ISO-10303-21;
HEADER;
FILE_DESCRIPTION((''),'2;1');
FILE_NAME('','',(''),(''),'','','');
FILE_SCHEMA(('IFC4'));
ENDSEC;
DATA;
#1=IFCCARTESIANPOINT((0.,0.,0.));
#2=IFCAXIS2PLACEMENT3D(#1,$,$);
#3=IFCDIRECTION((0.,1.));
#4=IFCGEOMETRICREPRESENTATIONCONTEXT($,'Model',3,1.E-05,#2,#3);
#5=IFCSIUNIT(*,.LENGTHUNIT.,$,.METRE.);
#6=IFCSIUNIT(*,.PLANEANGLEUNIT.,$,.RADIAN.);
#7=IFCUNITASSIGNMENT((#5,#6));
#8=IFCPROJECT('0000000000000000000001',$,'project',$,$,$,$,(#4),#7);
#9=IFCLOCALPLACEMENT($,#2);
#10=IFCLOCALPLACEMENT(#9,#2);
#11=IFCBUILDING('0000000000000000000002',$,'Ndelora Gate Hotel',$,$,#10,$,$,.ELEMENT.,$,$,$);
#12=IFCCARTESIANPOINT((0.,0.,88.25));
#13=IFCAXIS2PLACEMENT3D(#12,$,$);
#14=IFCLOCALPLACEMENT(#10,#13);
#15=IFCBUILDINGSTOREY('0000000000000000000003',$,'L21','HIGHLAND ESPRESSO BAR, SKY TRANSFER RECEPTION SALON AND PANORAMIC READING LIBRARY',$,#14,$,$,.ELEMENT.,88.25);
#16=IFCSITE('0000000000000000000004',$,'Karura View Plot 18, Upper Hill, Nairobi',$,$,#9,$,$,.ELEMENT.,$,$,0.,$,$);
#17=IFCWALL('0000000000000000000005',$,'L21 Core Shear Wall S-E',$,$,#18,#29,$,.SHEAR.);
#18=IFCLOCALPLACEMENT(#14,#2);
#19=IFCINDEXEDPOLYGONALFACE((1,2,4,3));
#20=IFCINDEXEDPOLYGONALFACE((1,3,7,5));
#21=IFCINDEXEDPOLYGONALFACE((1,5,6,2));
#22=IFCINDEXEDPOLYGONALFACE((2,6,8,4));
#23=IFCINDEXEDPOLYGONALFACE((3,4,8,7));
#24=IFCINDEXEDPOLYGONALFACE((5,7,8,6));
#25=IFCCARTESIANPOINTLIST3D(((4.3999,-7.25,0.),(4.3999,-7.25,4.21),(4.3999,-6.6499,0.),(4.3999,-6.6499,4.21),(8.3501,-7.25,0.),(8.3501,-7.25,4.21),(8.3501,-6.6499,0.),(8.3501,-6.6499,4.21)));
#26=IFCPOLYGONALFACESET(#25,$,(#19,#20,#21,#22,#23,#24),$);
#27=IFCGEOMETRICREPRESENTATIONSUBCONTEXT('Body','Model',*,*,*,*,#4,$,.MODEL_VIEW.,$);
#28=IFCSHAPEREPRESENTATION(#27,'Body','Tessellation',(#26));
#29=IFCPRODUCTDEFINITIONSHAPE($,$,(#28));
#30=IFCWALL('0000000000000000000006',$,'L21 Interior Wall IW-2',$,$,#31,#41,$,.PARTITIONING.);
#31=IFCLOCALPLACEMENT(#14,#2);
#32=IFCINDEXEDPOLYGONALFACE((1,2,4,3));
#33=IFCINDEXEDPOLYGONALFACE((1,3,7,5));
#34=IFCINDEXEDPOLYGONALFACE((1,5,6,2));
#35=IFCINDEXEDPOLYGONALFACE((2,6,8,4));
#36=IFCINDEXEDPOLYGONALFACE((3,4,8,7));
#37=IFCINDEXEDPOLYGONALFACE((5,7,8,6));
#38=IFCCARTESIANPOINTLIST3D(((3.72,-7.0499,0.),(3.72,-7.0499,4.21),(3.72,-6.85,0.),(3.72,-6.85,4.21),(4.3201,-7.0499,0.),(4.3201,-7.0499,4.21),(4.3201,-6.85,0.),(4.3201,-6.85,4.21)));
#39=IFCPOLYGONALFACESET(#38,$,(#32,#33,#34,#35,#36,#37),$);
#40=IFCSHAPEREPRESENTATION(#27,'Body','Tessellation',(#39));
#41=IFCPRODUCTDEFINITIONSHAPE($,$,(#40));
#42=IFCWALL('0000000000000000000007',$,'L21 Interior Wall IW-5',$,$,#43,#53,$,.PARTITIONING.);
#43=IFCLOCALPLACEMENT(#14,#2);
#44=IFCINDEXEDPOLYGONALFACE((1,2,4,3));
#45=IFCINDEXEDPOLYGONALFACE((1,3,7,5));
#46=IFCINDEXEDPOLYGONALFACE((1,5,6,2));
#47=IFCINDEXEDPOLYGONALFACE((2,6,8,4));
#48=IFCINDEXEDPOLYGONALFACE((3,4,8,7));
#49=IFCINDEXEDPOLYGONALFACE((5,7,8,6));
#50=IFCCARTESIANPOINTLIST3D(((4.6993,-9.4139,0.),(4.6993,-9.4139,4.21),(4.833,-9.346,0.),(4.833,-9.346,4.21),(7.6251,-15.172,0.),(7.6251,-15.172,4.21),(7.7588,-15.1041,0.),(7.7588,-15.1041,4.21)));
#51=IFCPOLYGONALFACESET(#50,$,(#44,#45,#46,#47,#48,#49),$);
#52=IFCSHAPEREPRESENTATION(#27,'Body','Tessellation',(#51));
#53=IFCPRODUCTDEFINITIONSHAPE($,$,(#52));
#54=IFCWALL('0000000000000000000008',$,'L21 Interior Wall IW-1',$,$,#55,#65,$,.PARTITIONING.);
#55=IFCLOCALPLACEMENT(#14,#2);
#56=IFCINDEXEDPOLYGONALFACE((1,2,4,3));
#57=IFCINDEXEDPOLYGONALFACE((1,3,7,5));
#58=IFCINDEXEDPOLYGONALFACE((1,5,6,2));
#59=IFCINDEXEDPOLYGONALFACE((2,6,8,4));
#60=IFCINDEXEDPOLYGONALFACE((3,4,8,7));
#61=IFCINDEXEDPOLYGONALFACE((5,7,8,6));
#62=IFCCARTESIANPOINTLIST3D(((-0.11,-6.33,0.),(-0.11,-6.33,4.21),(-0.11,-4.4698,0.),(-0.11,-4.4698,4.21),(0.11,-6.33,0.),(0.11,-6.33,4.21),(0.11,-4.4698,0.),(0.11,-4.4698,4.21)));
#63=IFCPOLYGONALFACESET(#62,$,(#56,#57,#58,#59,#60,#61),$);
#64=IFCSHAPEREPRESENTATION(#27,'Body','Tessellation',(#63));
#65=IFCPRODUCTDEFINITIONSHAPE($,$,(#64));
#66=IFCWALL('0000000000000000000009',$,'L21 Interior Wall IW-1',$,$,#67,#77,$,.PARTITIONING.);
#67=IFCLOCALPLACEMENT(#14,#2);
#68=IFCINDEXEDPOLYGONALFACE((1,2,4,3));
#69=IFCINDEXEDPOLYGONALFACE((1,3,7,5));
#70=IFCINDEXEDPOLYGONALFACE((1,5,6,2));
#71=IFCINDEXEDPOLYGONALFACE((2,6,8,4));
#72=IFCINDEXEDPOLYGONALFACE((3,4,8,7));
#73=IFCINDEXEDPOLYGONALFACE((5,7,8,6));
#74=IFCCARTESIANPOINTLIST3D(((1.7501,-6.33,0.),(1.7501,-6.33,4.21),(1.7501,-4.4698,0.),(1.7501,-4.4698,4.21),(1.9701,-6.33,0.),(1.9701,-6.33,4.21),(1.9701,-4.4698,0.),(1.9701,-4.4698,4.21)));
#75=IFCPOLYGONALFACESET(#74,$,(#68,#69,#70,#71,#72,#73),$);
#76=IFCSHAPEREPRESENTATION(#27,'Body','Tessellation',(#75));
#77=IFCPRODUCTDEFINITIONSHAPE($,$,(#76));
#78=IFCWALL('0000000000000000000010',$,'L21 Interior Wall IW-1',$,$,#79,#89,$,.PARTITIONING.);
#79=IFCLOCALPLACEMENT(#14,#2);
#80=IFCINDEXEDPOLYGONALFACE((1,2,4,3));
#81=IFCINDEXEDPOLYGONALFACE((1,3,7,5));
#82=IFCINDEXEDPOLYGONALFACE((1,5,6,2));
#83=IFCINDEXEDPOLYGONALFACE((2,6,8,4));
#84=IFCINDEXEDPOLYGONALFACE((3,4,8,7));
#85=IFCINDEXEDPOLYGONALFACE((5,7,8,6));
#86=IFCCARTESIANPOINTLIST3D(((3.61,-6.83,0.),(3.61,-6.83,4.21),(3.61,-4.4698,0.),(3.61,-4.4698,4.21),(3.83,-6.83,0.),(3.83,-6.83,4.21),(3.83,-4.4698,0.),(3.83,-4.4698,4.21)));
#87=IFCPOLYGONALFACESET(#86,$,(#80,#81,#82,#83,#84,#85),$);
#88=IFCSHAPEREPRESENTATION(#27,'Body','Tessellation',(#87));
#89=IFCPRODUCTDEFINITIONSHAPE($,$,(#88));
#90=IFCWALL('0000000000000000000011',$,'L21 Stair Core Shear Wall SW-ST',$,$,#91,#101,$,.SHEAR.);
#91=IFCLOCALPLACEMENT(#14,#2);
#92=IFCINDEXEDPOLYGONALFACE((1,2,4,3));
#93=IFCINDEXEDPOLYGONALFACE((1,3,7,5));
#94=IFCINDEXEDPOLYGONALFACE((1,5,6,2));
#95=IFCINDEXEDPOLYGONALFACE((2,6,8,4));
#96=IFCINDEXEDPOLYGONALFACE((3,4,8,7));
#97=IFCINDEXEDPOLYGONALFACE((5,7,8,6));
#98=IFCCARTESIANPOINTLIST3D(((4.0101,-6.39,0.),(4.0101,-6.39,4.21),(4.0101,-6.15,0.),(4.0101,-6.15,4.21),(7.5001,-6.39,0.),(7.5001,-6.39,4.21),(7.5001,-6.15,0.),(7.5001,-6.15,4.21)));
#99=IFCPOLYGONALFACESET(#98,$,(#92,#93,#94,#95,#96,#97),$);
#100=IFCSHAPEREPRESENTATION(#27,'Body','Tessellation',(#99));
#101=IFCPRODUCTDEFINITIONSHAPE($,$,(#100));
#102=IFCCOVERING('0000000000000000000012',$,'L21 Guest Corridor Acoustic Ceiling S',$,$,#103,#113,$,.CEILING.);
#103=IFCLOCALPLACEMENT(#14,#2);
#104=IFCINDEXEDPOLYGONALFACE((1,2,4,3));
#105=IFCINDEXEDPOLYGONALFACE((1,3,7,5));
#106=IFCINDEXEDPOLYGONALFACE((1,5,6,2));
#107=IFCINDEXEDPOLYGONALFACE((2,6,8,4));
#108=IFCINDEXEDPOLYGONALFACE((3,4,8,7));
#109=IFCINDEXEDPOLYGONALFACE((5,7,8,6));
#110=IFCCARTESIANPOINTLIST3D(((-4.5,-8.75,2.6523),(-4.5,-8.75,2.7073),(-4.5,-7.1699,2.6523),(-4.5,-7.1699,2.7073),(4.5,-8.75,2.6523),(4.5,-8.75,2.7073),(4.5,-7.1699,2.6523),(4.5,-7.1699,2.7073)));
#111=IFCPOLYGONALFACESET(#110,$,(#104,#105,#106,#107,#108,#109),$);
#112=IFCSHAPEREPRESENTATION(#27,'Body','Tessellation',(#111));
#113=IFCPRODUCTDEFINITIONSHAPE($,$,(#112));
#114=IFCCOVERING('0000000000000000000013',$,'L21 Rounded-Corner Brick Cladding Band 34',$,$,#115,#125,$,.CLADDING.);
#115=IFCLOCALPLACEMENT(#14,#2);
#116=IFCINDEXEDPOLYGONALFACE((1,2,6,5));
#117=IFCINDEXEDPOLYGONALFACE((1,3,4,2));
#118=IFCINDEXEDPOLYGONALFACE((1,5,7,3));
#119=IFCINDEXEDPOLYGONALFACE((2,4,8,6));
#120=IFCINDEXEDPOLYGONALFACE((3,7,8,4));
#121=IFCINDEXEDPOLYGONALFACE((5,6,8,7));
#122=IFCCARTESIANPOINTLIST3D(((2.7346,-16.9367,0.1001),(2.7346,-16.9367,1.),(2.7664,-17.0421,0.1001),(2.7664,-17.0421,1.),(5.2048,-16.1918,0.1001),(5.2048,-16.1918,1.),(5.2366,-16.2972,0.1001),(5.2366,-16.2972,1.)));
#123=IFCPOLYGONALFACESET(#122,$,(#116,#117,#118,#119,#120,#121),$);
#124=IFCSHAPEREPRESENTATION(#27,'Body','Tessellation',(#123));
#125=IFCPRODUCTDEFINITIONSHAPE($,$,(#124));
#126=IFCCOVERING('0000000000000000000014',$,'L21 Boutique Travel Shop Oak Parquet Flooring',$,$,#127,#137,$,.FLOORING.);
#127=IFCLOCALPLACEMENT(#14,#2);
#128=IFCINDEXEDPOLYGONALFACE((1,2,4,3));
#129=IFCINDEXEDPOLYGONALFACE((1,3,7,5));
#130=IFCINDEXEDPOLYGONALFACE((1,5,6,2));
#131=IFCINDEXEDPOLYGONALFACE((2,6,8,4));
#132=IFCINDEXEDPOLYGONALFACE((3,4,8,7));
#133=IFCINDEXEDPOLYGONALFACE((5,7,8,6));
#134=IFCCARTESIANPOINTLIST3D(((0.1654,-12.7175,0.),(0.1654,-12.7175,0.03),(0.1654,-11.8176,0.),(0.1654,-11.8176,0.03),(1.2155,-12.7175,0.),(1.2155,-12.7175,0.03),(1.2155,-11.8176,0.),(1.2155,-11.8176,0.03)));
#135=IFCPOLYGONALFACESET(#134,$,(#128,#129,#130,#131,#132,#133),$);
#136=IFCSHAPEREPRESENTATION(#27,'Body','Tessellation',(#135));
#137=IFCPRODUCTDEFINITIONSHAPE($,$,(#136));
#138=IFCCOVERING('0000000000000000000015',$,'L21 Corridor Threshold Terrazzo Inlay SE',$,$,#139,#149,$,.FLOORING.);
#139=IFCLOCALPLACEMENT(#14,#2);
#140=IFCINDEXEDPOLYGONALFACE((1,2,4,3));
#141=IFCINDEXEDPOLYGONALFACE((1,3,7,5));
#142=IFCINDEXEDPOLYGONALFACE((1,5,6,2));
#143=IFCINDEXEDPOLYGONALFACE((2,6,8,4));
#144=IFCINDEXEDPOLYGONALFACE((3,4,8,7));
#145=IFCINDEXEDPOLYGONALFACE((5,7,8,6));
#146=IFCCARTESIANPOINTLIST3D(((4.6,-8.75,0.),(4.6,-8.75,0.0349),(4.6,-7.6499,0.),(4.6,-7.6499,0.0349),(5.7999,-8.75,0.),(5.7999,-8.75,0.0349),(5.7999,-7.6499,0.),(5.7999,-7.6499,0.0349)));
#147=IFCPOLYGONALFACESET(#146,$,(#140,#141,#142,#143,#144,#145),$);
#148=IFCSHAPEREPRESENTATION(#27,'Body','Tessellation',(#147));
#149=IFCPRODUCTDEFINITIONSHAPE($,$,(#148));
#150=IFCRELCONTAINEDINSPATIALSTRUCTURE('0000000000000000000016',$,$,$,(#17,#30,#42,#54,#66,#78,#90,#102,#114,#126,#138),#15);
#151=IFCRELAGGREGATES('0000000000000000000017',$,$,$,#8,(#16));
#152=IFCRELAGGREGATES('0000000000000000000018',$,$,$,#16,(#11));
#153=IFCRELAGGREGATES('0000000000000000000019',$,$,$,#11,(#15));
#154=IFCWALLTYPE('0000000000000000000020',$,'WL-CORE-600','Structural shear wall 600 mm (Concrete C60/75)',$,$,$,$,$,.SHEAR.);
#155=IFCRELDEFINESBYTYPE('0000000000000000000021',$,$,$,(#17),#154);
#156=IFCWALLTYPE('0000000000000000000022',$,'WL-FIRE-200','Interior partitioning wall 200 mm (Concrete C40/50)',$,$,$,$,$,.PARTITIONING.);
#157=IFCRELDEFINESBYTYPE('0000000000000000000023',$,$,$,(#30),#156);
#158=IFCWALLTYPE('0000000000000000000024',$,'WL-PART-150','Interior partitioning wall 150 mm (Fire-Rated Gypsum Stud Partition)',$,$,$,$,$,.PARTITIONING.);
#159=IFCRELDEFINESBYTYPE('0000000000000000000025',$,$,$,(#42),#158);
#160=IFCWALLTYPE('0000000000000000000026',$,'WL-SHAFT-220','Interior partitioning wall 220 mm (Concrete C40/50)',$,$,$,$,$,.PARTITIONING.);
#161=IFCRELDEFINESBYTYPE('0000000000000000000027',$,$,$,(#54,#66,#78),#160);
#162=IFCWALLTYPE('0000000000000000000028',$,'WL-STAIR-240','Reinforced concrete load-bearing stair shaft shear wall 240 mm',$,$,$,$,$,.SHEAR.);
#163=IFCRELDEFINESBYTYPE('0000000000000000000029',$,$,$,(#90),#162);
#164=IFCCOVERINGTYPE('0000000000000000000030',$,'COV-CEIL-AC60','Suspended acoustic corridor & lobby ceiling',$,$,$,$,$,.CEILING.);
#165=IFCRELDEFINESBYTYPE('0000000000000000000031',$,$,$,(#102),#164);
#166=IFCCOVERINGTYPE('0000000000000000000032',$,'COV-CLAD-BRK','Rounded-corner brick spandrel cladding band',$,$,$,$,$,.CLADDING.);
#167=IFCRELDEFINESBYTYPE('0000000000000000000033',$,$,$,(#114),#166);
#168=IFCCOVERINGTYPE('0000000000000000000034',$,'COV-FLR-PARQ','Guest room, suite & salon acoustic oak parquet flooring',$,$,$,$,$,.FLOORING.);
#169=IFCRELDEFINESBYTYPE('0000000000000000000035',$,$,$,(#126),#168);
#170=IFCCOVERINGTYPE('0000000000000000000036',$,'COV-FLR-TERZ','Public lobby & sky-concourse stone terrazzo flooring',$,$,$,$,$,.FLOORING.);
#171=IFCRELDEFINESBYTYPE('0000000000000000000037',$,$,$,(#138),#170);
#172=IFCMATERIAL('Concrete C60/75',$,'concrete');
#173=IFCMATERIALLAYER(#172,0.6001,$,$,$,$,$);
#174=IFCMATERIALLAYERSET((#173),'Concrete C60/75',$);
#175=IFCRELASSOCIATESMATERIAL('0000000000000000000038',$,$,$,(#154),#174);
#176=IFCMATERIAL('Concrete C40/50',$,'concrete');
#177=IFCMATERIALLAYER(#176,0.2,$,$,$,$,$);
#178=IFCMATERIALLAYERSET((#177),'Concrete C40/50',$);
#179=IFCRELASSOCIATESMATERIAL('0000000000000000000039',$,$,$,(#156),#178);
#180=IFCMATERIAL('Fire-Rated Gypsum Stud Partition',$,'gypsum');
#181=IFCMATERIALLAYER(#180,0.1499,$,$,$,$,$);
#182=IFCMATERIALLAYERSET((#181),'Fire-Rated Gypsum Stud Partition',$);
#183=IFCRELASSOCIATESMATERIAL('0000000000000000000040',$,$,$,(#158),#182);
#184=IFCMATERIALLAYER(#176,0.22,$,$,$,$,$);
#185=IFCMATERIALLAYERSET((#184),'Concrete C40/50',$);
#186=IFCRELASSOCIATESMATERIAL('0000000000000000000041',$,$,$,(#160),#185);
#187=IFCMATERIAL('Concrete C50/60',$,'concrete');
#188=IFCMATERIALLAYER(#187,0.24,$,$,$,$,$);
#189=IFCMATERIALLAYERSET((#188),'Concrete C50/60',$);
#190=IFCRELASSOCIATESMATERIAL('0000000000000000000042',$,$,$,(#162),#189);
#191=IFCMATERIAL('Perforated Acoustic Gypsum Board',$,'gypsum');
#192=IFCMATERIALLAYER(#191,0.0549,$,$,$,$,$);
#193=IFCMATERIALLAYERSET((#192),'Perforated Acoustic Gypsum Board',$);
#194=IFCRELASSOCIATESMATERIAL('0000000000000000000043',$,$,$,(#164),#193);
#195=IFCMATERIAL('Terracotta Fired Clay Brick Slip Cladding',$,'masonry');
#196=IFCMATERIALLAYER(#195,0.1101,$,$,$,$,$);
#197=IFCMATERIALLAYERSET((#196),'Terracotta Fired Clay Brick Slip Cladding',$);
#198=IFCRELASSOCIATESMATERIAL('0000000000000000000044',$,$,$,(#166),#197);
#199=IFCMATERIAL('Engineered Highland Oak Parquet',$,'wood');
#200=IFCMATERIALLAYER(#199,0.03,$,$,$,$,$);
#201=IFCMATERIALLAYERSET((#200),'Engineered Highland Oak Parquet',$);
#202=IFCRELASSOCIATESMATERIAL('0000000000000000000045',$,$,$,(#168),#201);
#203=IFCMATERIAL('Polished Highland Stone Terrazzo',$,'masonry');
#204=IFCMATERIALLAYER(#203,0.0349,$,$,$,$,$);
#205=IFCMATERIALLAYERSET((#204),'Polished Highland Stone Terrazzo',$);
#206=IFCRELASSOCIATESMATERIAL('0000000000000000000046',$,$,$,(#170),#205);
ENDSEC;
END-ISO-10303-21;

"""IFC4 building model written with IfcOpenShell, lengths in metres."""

from ifc_helpers import new_model, si_unit, direction, frame, frame_2d, origin, origin_2d, place, context, subcontext, project, spatial, rectangle, extrude, material, layer, layer_set, type_object, element, save


model = new_model("IFC4")

# Units and contexts
model_context = context("Model", 3, precision=1e-05, world=origin(), true_north=direction((0.0, 1.0)))
body_context = subcontext(model_context, "Body", "Model", "MODEL_VIEW")
ifc_project = project(units=[si_unit("LENGTHUNIT", "METRE"), si_unit("PLANEANGLEUNIT", "RADIAN")], contexts=[model_context])

# Site, building, storey
site_placement = place(None, origin())
site = spatial("IfcSite", under=ifc_project, at=site_placement, Name="Karura View Plot 18, Upper Hill, Nairobi", CompositionType="ELEMENT", RefElevation=0.0)
building_placement = place(site_placement, origin())
building = spatial("IfcBuilding", under=site, at=building_placement, Name="Ndelora Gate Hotel", CompositionType="ELEMENT")
storey_placement = place(building_placement, frame((0.0, 0.0, 88.25)))
storey = spatial("IfcBuildingStorey", under=building, at=storey_placement, Name="L21", Description="HIGHLAND ESPRESSO BAR, SKY TRANSFER RECEPTION SALON AND PANORAMIC READING LIBRARY", CompositionType="ELEMENT", Elevation=88.25)

# Shared definitions
ifc_material_1 = material(Name="Concrete C60/75", Category="concrete")

# Walls
ifc_layer_1 = layer(ifc_material_1, 0.6001)
ifc_layer_set_1 = layer_set([ifc_layer_1], Name="Concrete C60/75")
wall_type_1 = type_object("IfcWallType", Name="WL-CORE-600", Description="Structural shear wall 600 mm (Concrete C60/75)", PredefinedType="SHEAR", material=ifc_layer_set_1)
wall_1_placement = place(storey_placement, frame((4.3999, -6.95, 0.0), z_axis=(0.0, 0.0, 1.0), x_axis=(1.0, 0.0, 0.0)))
element("IfcWall", 1, at=wall_1_placement, inside=storey, type_object=wall_type_1, Name="L21 Core Shear Wall S-E", PredefinedType="SHEAR", context=body_context, shape_type="SweptSolid", body=[
    extrude(rectangle(XDim=3.9502, YDim=0.6001, at=frame_2d((1.9751, 0.0))), origin(), (0.0, 0.0, 1.0), 4.21),
])
ifc_material_2 = material(Name="Concrete C40/50", Category="concrete")
ifc_layer_2 = layer(ifc_material_2, 0.2)
ifc_layer_set_2 = layer_set([ifc_layer_2], Name="Concrete C40/50")
wall_type_2 = type_object("IfcWallType", Name="WL-FIRE-200", Description="Interior partitioning wall 200 mm (Concrete C40/50)", PredefinedType="PARTITIONING", material=ifc_layer_set_2)
wall_2_placement = place(storey_placement, frame((3.72, -6.95, 0.0), z_axis=(0.0, 0.0, 1.0), x_axis=(1.0, 0.0, 0.0)))
element("IfcWall", 2, at=wall_2_placement, inside=storey, type_object=wall_type_2, Name="L21 Interior Wall IW-2", PredefinedType="PARTITIONING", context=body_context, shape_type="SweptSolid", body=[
    extrude(rectangle(XDim=0.6001, YDim=0.2, at=frame_2d((0.3, 0.0))), origin(), (0.0, 0.0, 1.0), 4.21),
])
ifc_material_3 = material(Name="Fire-Rated Gypsum Stud Partition", Category="gypsum")
ifc_layer_3 = layer(ifc_material_3, 0.1499)
ifc_layer_set_3 = layer_set([ifc_layer_3], Name="Fire-Rated Gypsum Stud Partition")
wall_type_3 = type_object("IfcWallType", Name="WL-PART-150", Description="Interior partitioning wall 150 mm (Fire-Rated Gypsum Stud Partition)", PredefinedType="PARTITIONING", material=ifc_layer_set_3)
wall_3_placement = place(storey_placement, frame((4.7661, -9.3799, 0.0), z_axis=(0.0, 0.0, 1.0), x_axis=(0.452995, -0.891513, 0.0)))
element("IfcWall", 3, at=wall_3_placement, inside=storey, type_object=wall_type_3, Name="L21 Interior Wall IW-5", PredefinedType="PARTITIONING", context=body_context, shape_type="SweptSolid", body=[
    extrude(rectangle(XDim=6.4587, YDim=0.1499, at=frame_2d((3.2295, 0.0))), origin(), (0.0, 0.0, 1.0), 4.21),
])
ifc_layer_4 = layer(ifc_material_2, 0.22)
ifc_layer_set_4 = layer_set([ifc_layer_4], Name="Concrete C40/50")
wall_type_4 = type_object("IfcWallType", Name="WL-SHAFT-220", Description="Interior partitioning wall 220 mm (Concrete C40/50)", PredefinedType="PARTITIONING", material=ifc_layer_set_4)
wall_4_placement = place(storey_placement, frame((0.0, -6.3301, 0.0), z_axis=(0.0, 0.0, 1.0), x_axis=(0.0, 1.0, 0.0)))
element("IfcWall", 4, at=wall_4_placement, inside=storey, type_object=wall_type_4, Name="L21 Interior Wall IW-1", PredefinedType="PARTITIONING", context=body_context, shape_type="SweptSolid", body=[
    extrude(rectangle(XDim=1.8601, YDim=0.22, at=frame_2d((0.9302, 0.0))), origin(), (0.0, 0.0, 1.0), 4.21),
])

# Wall
wall_5_placement = place(storey_placement, frame((1.8601, -6.3301, 0.0), z_axis=(0.0, 0.0, 1.0), x_axis=(0.0, 1.0, 0.0)))
element("IfcWall", 5, at=wall_5_placement, inside=storey, type_object=wall_type_4, Name="L21 Interior Wall IW-1", PredefinedType="PARTITIONING", context=body_context, shape_type="SweptSolid", body=[
    extrude(rectangle(XDim=1.8601, YDim=0.22, at=frame_2d((0.9302, 0.0))), origin(), (0.0, 0.0, 1.0), 4.21),
])

# Walls
wall_6_placement = place(storey_placement, frame((3.72, -6.8301, 0.0), z_axis=(0.0, 0.0, 1.0), x_axis=(0.0, 1.0, 0.0)))
element("IfcWall", 6, at=wall_6_placement, inside=storey, type_object=wall_type_4, Name="L21 Interior Wall IW-1", PredefinedType="PARTITIONING", context=body_context, shape_type="SweptSolid", body=[
    extrude(rectangle(XDim=2.3601, YDim=0.22, at=frame_2d((1.1802, 0.0))), origin(), (0.0, 0.0, 1.0), 4.21),
])
ifc_material_4 = material(Name="Concrete C50/60", Category="concrete")
ifc_layer_5 = layer(ifc_material_4, 0.24)
ifc_layer_set_5 = layer_set([ifc_layer_5], Name="Concrete C50/60")
wall_type_5 = type_object("IfcWallType", Name="WL-STAIR-240", Description="Reinforced concrete load-bearing stair shaft shear wall 240 mm", PredefinedType="SHEAR", material=ifc_layer_set_5)
wall_7_placement = place(storey_placement, frame((4.01, -6.27, 0.0), z_axis=(0.0, 0.0, 1.0), x_axis=(1.0, 0.0, 0.0)))
element("IfcWall", 7, at=wall_7_placement, inside=storey, type_object=wall_type_5, Name="L21 Stair Core Shear Wall SW-ST", PredefinedType="SHEAR", context=body_context, shape_type="SweptSolid", body=[
    extrude(rectangle(XDim=3.49, YDim=0.24, at=frame_2d((1.7451, 0.0))), origin(), (0.0, 0.0, 1.0), 4.21),
])

# Coverings
ifc_material_5 = material(Name="Perforated Acoustic Gypsum Board", Category="gypsum")
ifc_layer_6 = layer(ifc_material_5, 0.0549)
ifc_layer_set_6 = layer_set([ifc_layer_6], Name="Perforated Acoustic Gypsum Board")
covering_type_1 = type_object("IfcCoveringType", Name="COV-CEIL-AC60", Description="Suspended acoustic corridor & lobby ceiling", PredefinedType="CEILING", material=ifc_layer_set_6)
covering_1_placement = place(storey_placement, frame((0.0, -7.96, 2.6523), z_axis=(0.0, 0.0, 1.0), x_axis=(1.0, 0.0, 0.0)))
element("IfcCovering", 8, at=covering_1_placement, inside=storey, type_object=covering_type_1, Name="L21 Guest Corridor Acoustic Ceiling S", PredefinedType="CEILING", context=body_context, shape_type="SweptSolid", body=[
    extrude(rectangle(XDim=9.0, YDim=1.5801, at=origin_2d()), origin(), (0.0, 0.0, 1.0), 0.0549),
])
ifc_material_6 = material(Name="Terracotta Fired Clay Brick Slip Cladding", Category="masonry")
ifc_layer_7 = layer(ifc_material_6, 0.1101)
ifc_layer_set_7 = layer_set([ifc_layer_7], Name="Terracotta Fired Clay Brick Slip Cladding")
covering_type_2 = type_object("IfcCoveringType", Name="COV-CLAD-BRK", Description="Rounded-corner brick spandrel cladding band", PredefinedType="CLADDING", material=ifc_layer_set_7)
covering_2_placement = place(storey_placement, frame((3.9856, -16.6169, 0.1001), z_axis=(0.0, 0.0, 1.0), x_axis=(0.95742, 0.288698, 0.0)))
element("IfcCovering", 9, at=covering_2_placement, inside=storey, type_object=covering_type_2, Name="L21 Rounded-Corner Brick Cladding Band 34", PredefinedType="CLADDING", context=body_context, shape_type="SweptSolid", body=[
    extrude(rectangle(XDim=2.5801, YDim=0.1101, at=origin_2d()), origin(), (0.0, 0.0, 1.0), 0.8999),
])
ifc_material_7 = material(Name="Engineered Highland Oak Parquet", Category="wood")
ifc_layer_8 = layer(ifc_material_7, 0.03)
ifc_layer_set_8 = layer_set([ifc_layer_8], Name="Engineered Highland Oak Parquet")
covering_type_3 = type_object("IfcCoveringType", Name="COV-FLR-PARQ", Description="Guest room, suite & salon acoustic oak parquet flooring", PredefinedType="FLOORING", material=ifc_layer_set_8)
covering_3_placement = place(storey_placement, frame((0.6904, -12.2676, 0.0), z_axis=(0.0, 0.0, 1.0), x_axis=(1.0, 0.0, 0.0)))
element("IfcCovering", 10, at=covering_3_placement, inside=storey, type_object=covering_type_3, Name="L21 Boutique Travel Shop Oak Parquet Flooring", PredefinedType="FLOORING", context=body_context, shape_type="SweptSolid", body=[
    extrude(rectangle(XDim=1.05, YDim=0.8999, at=origin_2d()), origin(), (0.0, 0.0, 1.0), 0.03),
])
ifc_material_8 = material(Name="Polished Highland Stone Terrazzo", Category="masonry")
ifc_layer_9 = layer(ifc_material_8, 0.0349)
ifc_layer_set_9 = layer_set([ifc_layer_9], Name="Polished Highland Stone Terrazzo")
covering_type_4 = type_object("IfcCoveringType", Name="COV-FLR-TERZ", Description="Public lobby & sky-concourse stone terrazzo flooring", PredefinedType="FLOORING", material=ifc_layer_set_9)
covering_4_placement = place(storey_placement, frame((5.2, -8.2, 0.0), z_axis=(0.0, 0.0, 1.0), x_axis=(1.0, 0.0, 0.0)))
element("IfcCovering", 11, at=covering_4_placement, inside=storey, type_object=covering_type_4, Name="L21 Corridor Threshold Terrazzo Inlay SE", PredefinedType="FLOORING", context=body_context, shape_type="SweptSolid", body=[
    extrude(rectangle(XDim=1.2, YDim=1.1001, at=origin_2d()), origin(), (0.0, 0.0, 1.0), 0.0349),
])

save(model, "model.ifc")
